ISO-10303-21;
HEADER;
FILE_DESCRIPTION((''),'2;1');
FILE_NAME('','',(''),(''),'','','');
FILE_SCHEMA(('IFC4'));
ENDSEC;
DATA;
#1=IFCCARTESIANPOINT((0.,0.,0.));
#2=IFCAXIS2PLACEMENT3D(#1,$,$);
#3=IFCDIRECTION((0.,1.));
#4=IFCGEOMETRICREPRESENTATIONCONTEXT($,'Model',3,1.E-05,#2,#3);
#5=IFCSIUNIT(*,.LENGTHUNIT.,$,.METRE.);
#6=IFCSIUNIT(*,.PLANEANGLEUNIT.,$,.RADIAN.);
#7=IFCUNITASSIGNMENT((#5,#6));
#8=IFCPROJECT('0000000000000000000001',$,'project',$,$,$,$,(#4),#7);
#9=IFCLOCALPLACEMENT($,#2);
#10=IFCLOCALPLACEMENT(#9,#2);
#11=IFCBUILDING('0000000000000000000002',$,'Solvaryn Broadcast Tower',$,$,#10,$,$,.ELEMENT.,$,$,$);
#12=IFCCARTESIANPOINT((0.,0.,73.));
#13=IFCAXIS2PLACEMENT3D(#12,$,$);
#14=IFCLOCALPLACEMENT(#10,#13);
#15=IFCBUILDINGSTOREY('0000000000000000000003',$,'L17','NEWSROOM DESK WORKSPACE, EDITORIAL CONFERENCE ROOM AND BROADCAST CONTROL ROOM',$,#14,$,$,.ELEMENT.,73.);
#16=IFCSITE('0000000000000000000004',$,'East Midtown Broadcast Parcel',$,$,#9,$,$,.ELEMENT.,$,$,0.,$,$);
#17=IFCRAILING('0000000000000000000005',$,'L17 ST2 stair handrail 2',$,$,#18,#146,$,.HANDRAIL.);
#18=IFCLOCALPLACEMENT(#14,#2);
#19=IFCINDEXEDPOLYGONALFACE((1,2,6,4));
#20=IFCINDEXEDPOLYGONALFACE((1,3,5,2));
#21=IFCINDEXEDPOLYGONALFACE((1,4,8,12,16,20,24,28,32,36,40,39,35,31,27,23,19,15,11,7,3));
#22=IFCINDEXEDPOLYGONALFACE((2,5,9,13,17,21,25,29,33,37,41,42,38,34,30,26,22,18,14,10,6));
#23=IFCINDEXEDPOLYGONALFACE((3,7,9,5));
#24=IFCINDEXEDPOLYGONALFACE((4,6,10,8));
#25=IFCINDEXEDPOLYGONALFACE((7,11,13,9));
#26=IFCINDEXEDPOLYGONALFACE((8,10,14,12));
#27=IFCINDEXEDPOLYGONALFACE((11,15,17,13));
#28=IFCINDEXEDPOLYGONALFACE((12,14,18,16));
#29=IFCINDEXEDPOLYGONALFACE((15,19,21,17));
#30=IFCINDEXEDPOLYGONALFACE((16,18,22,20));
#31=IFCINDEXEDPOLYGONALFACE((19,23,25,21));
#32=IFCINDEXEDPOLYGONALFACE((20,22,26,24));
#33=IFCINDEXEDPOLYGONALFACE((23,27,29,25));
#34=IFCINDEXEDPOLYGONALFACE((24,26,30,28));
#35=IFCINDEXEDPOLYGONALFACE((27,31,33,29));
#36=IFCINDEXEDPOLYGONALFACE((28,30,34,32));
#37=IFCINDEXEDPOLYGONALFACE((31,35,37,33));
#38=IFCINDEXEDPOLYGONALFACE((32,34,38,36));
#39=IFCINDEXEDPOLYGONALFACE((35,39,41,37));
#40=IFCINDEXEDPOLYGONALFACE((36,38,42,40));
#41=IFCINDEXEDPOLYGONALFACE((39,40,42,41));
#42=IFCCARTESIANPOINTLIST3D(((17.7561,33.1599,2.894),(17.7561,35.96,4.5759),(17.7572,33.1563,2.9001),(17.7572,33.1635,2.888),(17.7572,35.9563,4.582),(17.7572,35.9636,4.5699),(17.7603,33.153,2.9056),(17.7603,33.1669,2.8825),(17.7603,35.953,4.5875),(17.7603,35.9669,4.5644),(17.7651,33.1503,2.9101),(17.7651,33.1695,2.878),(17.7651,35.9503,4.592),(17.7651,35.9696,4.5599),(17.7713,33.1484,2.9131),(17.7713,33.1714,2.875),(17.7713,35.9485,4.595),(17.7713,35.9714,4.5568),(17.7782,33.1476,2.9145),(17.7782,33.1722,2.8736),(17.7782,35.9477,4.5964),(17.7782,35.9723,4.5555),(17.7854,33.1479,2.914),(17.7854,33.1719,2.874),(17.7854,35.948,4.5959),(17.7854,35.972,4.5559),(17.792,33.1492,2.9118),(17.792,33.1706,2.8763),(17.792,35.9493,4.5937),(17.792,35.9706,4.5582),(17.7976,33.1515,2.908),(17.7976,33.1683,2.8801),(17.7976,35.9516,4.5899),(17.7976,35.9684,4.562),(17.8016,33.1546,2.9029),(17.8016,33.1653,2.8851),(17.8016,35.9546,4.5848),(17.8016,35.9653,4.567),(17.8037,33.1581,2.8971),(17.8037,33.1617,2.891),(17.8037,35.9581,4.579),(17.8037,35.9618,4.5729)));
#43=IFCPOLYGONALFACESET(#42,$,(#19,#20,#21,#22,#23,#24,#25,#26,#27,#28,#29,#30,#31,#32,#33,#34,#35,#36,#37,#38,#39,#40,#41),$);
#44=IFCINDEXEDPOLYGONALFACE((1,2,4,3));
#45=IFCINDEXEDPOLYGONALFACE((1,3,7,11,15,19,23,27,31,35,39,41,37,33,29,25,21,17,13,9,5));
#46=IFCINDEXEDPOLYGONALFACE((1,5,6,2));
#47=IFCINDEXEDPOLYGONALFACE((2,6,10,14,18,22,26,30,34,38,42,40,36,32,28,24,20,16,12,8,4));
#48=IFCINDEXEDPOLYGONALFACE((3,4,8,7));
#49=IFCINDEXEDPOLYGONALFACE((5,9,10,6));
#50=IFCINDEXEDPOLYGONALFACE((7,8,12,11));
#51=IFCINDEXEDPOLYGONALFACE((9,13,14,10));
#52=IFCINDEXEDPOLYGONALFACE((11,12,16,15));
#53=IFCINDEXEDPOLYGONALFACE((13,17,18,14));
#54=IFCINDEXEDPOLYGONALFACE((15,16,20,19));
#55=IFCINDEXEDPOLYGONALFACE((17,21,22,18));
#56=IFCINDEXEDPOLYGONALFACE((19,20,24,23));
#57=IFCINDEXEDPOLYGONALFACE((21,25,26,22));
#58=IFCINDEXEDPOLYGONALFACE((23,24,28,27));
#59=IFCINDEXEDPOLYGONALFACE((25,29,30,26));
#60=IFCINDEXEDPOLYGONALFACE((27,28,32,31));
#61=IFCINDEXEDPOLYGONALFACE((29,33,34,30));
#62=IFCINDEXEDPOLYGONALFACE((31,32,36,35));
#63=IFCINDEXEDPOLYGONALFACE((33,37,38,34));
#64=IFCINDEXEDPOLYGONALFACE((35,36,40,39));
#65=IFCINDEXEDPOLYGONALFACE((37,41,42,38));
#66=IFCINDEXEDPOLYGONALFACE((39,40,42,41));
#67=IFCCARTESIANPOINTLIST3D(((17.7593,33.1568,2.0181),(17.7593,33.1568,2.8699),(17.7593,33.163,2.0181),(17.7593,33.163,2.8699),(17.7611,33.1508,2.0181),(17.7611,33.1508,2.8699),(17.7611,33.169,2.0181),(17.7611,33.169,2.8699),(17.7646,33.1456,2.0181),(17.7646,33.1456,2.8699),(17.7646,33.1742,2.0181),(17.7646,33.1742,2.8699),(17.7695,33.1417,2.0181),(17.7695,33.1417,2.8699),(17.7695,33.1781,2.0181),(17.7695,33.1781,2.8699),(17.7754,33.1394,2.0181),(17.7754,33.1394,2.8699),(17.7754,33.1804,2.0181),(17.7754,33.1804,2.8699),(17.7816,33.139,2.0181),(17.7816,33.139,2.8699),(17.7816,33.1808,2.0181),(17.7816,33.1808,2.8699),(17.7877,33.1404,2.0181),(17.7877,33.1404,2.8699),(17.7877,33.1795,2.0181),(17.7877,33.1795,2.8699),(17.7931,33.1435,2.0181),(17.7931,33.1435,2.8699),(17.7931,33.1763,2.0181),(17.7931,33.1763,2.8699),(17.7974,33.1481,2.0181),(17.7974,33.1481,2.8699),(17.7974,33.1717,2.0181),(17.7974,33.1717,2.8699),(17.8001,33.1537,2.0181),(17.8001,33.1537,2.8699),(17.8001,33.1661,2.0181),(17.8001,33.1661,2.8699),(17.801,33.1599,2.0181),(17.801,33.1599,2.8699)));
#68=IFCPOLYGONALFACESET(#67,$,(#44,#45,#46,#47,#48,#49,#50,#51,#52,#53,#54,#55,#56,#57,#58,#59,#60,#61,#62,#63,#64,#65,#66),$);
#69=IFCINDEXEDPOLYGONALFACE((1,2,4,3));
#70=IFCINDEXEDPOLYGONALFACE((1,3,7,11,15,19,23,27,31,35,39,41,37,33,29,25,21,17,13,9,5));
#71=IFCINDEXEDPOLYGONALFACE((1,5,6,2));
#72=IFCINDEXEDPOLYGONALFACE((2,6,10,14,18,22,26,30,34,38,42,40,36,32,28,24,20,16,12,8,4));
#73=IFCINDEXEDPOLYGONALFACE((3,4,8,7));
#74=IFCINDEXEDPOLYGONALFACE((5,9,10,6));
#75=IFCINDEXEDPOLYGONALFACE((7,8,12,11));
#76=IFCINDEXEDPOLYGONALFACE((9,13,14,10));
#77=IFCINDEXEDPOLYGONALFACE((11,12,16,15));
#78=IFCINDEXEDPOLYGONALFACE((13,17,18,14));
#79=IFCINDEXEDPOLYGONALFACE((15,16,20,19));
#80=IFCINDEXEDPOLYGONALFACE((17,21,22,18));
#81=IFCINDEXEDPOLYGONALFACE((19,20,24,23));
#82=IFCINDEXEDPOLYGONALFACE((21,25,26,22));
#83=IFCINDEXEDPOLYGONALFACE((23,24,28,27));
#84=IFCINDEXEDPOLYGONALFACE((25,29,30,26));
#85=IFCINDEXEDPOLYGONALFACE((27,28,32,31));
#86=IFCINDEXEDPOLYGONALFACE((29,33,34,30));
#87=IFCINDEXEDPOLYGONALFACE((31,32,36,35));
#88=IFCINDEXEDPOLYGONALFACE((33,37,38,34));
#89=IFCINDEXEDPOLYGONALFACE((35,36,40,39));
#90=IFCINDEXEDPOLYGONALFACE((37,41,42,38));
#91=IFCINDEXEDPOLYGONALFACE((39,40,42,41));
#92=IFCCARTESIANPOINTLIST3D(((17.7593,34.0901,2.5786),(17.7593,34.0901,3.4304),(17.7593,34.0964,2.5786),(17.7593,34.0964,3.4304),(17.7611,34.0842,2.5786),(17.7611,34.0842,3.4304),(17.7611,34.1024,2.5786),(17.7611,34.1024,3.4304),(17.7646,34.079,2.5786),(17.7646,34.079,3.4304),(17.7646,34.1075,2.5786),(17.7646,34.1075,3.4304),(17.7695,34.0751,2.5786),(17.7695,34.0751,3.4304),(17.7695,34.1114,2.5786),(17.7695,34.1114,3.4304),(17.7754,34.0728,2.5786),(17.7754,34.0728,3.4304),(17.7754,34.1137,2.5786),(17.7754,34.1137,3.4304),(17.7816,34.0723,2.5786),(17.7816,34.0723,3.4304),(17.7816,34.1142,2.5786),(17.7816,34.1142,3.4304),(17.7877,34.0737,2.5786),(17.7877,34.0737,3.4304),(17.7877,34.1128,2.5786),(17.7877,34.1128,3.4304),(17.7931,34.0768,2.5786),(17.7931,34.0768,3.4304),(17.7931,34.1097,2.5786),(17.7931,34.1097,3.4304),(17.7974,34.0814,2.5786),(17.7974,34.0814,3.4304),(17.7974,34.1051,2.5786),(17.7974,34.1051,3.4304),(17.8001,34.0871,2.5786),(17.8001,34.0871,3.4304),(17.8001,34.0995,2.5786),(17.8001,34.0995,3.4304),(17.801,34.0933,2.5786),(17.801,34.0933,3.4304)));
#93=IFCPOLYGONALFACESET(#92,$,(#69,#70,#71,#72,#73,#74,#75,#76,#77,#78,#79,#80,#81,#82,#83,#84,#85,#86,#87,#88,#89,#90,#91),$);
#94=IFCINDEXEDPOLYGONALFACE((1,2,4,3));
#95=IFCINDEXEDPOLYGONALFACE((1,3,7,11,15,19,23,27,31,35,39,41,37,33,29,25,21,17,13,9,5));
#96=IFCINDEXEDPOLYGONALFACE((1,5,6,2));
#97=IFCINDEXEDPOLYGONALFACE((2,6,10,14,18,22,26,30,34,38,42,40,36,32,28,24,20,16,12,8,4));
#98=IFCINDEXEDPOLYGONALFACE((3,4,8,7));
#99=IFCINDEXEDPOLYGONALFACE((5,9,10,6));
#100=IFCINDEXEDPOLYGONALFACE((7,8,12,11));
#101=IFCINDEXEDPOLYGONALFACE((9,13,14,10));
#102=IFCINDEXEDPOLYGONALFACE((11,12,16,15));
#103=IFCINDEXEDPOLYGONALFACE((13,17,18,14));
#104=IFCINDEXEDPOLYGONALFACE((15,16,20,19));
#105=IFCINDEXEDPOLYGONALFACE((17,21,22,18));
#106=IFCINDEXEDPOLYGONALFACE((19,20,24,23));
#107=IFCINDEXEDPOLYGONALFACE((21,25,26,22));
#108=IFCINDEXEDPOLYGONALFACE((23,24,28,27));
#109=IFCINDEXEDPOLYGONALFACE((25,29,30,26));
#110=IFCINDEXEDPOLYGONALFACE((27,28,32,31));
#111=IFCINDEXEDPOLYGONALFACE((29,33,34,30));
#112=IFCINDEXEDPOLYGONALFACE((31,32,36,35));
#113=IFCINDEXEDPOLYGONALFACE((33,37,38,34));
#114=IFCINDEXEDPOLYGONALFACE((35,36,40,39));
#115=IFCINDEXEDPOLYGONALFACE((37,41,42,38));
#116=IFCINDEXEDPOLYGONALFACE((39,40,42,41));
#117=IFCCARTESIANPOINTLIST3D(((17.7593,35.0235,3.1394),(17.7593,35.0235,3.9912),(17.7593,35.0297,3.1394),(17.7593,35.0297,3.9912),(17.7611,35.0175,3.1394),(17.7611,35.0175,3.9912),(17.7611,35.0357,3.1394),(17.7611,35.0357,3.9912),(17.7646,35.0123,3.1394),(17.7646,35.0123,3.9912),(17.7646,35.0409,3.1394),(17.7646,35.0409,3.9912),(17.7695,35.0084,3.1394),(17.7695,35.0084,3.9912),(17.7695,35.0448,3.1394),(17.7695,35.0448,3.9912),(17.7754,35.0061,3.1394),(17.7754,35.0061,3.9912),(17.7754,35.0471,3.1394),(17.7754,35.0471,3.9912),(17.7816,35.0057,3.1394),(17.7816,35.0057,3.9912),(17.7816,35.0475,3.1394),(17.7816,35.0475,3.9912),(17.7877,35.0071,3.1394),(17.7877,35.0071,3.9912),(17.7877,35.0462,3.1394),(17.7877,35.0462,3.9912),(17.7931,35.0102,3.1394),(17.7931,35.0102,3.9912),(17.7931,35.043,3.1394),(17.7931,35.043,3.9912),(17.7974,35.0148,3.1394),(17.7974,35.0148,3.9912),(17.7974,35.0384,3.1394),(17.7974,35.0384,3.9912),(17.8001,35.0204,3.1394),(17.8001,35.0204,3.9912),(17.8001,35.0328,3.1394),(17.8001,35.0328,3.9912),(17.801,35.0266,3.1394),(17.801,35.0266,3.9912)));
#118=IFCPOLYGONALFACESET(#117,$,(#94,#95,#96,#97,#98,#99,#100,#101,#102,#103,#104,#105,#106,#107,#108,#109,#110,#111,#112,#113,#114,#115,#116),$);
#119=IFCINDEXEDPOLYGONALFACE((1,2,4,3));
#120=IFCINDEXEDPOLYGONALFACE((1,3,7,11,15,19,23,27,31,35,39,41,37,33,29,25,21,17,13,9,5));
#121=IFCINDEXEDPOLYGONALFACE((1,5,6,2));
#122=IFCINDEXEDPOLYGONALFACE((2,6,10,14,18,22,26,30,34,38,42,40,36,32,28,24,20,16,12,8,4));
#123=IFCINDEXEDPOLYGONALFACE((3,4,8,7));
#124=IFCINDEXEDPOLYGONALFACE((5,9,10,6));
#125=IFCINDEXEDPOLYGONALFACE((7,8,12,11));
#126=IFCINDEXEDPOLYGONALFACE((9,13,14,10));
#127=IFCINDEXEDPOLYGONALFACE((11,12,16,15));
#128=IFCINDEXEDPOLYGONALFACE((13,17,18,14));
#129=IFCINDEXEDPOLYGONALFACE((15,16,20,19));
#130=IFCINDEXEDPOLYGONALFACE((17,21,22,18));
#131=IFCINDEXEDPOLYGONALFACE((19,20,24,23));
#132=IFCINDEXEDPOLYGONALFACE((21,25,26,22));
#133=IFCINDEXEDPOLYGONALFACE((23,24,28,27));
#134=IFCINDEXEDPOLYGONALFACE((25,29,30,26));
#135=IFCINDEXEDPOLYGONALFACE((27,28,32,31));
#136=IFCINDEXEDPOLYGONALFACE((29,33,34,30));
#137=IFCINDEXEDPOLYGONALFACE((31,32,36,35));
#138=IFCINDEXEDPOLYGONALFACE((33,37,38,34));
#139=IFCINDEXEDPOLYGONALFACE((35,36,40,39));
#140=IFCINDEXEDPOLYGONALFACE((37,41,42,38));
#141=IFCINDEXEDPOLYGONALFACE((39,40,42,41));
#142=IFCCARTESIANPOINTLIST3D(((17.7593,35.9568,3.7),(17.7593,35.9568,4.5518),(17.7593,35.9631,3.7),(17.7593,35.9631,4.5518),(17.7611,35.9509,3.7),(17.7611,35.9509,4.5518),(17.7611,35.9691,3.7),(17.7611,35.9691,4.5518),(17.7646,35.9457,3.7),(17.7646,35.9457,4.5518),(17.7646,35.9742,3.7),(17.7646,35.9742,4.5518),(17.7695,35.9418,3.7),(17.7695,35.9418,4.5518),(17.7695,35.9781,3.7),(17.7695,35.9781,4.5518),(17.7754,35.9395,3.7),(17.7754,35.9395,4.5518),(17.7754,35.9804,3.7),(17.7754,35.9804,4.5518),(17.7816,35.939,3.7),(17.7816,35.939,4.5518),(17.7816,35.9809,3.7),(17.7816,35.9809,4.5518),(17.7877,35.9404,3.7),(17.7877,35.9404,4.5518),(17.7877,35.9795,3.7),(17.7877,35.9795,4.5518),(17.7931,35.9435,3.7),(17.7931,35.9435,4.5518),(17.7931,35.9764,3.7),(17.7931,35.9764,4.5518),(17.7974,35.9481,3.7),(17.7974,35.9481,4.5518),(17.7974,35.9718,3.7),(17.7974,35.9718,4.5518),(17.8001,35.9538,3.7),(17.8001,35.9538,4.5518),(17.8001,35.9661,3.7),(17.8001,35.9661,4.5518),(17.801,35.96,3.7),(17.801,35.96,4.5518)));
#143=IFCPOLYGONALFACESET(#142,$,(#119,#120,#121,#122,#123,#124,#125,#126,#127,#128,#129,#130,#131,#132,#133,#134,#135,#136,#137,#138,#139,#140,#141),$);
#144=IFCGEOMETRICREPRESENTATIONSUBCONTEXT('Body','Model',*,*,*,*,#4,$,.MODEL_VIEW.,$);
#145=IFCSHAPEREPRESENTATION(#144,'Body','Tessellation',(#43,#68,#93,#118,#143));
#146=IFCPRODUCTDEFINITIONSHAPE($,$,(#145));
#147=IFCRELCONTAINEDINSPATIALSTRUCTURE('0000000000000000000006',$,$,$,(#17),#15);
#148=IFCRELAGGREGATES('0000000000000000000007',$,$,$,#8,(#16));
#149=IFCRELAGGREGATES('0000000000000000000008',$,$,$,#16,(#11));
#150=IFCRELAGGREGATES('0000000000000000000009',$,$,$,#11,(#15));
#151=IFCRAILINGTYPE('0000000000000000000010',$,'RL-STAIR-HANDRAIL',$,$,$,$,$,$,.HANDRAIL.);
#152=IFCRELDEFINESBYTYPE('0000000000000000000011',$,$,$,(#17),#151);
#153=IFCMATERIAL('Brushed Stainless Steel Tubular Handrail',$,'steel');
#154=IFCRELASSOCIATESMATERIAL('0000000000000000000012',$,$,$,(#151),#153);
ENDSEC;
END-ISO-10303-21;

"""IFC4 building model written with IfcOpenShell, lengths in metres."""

from ifc_helpers import new_model, si_unit, direction, frame, origin, origin_2d, place, context, subcontext, project, spatial, circle, extrude, material, type_object, element, save


model = new_model("IFC4")

# Units and contexts
model_context = context("Model", 3, precision=1e-05, world=origin(), true_north=direction((0.0, 1.0)))
body_context = subcontext(model_context, "Body", "Model", "MODEL_VIEW")
ifc_project = project(units=[si_unit("LENGTHUNIT", "METRE"), si_unit("PLANEANGLEUNIT", "RADIAN")], contexts=[model_context])

# Site, building, storey
site_placement = place(None, origin())
site = spatial("IfcSite", under=ifc_project, at=site_placement, Name="East Midtown Broadcast Parcel", CompositionType="ELEMENT", RefElevation=0.0)
building_placement = place(site_placement, origin())
building = spatial("IfcBuilding", under=site, at=building_placement, Name="Solvaryn Broadcast Tower", CompositionType="ELEMENT")
storey_placement = place(building_placement, frame((0.0, 0.0, 73.0)))
storey = spatial("IfcBuildingStorey", under=building, at=storey_placement, Name="L17", Description="NEWSROOM DESK WORKSPACE, EDITORIAL CONFERENCE ROOM AND BROADCAST CONTROL ROOM", CompositionType="ELEMENT", Elevation=73.0)

# Railing
ifc_material_1 = material(Name="Brushed Stainless Steel Tubular Handrail", Category="steel")
railing_type_1 = type_object("IfcRailingType", Name="RL-STAIR-HANDRAIL", PredefinedType="HANDRAIL", material=ifc_material_1)
railing_1_placement = place(storey_placement, frame((17.78, 33.1599, 2.0181)))
element("IfcRailing", 1, at=railing_1_placement, inside=storey, type_object=railing_type_1, Name="L17 ST2 stair handrail 2", PredefinedType="HANDRAIL", context=body_context, shape_type="SweptSolid", body=[
    extrude(circle(Radius=0.0239, at=origin_2d()), frame((0.0, 0.0, 0.876), z_axis=(0.0, 0.857242, 0.514913), x_axis=(-1.0, 0.0, 0.0)), (0.0, 0.0, 1.0), 3.2664),
    extrude(circle(Radius=0.021, at=origin_2d()), origin(), (0.0, 0.0, 1.0), 0.8518),
    extrude(circle(Radius=0.021, at=origin_2d()), frame((0.0, 0.9333, 0.5605)), (0.0, 0.0, 1.0), 0.8518),
    extrude(circle(Radius=0.021, at=origin_2d()), frame((0.0, 1.8667, 1.1213)), (0.0, 0.0, 1.0), 0.8518),
    extrude(circle(Radius=0.021, at=origin_2d()), frame((0.0, 2.8, 1.6819)), (0.0, 0.0, 1.0), 0.8518),
])

save(model, "model.ifc")
